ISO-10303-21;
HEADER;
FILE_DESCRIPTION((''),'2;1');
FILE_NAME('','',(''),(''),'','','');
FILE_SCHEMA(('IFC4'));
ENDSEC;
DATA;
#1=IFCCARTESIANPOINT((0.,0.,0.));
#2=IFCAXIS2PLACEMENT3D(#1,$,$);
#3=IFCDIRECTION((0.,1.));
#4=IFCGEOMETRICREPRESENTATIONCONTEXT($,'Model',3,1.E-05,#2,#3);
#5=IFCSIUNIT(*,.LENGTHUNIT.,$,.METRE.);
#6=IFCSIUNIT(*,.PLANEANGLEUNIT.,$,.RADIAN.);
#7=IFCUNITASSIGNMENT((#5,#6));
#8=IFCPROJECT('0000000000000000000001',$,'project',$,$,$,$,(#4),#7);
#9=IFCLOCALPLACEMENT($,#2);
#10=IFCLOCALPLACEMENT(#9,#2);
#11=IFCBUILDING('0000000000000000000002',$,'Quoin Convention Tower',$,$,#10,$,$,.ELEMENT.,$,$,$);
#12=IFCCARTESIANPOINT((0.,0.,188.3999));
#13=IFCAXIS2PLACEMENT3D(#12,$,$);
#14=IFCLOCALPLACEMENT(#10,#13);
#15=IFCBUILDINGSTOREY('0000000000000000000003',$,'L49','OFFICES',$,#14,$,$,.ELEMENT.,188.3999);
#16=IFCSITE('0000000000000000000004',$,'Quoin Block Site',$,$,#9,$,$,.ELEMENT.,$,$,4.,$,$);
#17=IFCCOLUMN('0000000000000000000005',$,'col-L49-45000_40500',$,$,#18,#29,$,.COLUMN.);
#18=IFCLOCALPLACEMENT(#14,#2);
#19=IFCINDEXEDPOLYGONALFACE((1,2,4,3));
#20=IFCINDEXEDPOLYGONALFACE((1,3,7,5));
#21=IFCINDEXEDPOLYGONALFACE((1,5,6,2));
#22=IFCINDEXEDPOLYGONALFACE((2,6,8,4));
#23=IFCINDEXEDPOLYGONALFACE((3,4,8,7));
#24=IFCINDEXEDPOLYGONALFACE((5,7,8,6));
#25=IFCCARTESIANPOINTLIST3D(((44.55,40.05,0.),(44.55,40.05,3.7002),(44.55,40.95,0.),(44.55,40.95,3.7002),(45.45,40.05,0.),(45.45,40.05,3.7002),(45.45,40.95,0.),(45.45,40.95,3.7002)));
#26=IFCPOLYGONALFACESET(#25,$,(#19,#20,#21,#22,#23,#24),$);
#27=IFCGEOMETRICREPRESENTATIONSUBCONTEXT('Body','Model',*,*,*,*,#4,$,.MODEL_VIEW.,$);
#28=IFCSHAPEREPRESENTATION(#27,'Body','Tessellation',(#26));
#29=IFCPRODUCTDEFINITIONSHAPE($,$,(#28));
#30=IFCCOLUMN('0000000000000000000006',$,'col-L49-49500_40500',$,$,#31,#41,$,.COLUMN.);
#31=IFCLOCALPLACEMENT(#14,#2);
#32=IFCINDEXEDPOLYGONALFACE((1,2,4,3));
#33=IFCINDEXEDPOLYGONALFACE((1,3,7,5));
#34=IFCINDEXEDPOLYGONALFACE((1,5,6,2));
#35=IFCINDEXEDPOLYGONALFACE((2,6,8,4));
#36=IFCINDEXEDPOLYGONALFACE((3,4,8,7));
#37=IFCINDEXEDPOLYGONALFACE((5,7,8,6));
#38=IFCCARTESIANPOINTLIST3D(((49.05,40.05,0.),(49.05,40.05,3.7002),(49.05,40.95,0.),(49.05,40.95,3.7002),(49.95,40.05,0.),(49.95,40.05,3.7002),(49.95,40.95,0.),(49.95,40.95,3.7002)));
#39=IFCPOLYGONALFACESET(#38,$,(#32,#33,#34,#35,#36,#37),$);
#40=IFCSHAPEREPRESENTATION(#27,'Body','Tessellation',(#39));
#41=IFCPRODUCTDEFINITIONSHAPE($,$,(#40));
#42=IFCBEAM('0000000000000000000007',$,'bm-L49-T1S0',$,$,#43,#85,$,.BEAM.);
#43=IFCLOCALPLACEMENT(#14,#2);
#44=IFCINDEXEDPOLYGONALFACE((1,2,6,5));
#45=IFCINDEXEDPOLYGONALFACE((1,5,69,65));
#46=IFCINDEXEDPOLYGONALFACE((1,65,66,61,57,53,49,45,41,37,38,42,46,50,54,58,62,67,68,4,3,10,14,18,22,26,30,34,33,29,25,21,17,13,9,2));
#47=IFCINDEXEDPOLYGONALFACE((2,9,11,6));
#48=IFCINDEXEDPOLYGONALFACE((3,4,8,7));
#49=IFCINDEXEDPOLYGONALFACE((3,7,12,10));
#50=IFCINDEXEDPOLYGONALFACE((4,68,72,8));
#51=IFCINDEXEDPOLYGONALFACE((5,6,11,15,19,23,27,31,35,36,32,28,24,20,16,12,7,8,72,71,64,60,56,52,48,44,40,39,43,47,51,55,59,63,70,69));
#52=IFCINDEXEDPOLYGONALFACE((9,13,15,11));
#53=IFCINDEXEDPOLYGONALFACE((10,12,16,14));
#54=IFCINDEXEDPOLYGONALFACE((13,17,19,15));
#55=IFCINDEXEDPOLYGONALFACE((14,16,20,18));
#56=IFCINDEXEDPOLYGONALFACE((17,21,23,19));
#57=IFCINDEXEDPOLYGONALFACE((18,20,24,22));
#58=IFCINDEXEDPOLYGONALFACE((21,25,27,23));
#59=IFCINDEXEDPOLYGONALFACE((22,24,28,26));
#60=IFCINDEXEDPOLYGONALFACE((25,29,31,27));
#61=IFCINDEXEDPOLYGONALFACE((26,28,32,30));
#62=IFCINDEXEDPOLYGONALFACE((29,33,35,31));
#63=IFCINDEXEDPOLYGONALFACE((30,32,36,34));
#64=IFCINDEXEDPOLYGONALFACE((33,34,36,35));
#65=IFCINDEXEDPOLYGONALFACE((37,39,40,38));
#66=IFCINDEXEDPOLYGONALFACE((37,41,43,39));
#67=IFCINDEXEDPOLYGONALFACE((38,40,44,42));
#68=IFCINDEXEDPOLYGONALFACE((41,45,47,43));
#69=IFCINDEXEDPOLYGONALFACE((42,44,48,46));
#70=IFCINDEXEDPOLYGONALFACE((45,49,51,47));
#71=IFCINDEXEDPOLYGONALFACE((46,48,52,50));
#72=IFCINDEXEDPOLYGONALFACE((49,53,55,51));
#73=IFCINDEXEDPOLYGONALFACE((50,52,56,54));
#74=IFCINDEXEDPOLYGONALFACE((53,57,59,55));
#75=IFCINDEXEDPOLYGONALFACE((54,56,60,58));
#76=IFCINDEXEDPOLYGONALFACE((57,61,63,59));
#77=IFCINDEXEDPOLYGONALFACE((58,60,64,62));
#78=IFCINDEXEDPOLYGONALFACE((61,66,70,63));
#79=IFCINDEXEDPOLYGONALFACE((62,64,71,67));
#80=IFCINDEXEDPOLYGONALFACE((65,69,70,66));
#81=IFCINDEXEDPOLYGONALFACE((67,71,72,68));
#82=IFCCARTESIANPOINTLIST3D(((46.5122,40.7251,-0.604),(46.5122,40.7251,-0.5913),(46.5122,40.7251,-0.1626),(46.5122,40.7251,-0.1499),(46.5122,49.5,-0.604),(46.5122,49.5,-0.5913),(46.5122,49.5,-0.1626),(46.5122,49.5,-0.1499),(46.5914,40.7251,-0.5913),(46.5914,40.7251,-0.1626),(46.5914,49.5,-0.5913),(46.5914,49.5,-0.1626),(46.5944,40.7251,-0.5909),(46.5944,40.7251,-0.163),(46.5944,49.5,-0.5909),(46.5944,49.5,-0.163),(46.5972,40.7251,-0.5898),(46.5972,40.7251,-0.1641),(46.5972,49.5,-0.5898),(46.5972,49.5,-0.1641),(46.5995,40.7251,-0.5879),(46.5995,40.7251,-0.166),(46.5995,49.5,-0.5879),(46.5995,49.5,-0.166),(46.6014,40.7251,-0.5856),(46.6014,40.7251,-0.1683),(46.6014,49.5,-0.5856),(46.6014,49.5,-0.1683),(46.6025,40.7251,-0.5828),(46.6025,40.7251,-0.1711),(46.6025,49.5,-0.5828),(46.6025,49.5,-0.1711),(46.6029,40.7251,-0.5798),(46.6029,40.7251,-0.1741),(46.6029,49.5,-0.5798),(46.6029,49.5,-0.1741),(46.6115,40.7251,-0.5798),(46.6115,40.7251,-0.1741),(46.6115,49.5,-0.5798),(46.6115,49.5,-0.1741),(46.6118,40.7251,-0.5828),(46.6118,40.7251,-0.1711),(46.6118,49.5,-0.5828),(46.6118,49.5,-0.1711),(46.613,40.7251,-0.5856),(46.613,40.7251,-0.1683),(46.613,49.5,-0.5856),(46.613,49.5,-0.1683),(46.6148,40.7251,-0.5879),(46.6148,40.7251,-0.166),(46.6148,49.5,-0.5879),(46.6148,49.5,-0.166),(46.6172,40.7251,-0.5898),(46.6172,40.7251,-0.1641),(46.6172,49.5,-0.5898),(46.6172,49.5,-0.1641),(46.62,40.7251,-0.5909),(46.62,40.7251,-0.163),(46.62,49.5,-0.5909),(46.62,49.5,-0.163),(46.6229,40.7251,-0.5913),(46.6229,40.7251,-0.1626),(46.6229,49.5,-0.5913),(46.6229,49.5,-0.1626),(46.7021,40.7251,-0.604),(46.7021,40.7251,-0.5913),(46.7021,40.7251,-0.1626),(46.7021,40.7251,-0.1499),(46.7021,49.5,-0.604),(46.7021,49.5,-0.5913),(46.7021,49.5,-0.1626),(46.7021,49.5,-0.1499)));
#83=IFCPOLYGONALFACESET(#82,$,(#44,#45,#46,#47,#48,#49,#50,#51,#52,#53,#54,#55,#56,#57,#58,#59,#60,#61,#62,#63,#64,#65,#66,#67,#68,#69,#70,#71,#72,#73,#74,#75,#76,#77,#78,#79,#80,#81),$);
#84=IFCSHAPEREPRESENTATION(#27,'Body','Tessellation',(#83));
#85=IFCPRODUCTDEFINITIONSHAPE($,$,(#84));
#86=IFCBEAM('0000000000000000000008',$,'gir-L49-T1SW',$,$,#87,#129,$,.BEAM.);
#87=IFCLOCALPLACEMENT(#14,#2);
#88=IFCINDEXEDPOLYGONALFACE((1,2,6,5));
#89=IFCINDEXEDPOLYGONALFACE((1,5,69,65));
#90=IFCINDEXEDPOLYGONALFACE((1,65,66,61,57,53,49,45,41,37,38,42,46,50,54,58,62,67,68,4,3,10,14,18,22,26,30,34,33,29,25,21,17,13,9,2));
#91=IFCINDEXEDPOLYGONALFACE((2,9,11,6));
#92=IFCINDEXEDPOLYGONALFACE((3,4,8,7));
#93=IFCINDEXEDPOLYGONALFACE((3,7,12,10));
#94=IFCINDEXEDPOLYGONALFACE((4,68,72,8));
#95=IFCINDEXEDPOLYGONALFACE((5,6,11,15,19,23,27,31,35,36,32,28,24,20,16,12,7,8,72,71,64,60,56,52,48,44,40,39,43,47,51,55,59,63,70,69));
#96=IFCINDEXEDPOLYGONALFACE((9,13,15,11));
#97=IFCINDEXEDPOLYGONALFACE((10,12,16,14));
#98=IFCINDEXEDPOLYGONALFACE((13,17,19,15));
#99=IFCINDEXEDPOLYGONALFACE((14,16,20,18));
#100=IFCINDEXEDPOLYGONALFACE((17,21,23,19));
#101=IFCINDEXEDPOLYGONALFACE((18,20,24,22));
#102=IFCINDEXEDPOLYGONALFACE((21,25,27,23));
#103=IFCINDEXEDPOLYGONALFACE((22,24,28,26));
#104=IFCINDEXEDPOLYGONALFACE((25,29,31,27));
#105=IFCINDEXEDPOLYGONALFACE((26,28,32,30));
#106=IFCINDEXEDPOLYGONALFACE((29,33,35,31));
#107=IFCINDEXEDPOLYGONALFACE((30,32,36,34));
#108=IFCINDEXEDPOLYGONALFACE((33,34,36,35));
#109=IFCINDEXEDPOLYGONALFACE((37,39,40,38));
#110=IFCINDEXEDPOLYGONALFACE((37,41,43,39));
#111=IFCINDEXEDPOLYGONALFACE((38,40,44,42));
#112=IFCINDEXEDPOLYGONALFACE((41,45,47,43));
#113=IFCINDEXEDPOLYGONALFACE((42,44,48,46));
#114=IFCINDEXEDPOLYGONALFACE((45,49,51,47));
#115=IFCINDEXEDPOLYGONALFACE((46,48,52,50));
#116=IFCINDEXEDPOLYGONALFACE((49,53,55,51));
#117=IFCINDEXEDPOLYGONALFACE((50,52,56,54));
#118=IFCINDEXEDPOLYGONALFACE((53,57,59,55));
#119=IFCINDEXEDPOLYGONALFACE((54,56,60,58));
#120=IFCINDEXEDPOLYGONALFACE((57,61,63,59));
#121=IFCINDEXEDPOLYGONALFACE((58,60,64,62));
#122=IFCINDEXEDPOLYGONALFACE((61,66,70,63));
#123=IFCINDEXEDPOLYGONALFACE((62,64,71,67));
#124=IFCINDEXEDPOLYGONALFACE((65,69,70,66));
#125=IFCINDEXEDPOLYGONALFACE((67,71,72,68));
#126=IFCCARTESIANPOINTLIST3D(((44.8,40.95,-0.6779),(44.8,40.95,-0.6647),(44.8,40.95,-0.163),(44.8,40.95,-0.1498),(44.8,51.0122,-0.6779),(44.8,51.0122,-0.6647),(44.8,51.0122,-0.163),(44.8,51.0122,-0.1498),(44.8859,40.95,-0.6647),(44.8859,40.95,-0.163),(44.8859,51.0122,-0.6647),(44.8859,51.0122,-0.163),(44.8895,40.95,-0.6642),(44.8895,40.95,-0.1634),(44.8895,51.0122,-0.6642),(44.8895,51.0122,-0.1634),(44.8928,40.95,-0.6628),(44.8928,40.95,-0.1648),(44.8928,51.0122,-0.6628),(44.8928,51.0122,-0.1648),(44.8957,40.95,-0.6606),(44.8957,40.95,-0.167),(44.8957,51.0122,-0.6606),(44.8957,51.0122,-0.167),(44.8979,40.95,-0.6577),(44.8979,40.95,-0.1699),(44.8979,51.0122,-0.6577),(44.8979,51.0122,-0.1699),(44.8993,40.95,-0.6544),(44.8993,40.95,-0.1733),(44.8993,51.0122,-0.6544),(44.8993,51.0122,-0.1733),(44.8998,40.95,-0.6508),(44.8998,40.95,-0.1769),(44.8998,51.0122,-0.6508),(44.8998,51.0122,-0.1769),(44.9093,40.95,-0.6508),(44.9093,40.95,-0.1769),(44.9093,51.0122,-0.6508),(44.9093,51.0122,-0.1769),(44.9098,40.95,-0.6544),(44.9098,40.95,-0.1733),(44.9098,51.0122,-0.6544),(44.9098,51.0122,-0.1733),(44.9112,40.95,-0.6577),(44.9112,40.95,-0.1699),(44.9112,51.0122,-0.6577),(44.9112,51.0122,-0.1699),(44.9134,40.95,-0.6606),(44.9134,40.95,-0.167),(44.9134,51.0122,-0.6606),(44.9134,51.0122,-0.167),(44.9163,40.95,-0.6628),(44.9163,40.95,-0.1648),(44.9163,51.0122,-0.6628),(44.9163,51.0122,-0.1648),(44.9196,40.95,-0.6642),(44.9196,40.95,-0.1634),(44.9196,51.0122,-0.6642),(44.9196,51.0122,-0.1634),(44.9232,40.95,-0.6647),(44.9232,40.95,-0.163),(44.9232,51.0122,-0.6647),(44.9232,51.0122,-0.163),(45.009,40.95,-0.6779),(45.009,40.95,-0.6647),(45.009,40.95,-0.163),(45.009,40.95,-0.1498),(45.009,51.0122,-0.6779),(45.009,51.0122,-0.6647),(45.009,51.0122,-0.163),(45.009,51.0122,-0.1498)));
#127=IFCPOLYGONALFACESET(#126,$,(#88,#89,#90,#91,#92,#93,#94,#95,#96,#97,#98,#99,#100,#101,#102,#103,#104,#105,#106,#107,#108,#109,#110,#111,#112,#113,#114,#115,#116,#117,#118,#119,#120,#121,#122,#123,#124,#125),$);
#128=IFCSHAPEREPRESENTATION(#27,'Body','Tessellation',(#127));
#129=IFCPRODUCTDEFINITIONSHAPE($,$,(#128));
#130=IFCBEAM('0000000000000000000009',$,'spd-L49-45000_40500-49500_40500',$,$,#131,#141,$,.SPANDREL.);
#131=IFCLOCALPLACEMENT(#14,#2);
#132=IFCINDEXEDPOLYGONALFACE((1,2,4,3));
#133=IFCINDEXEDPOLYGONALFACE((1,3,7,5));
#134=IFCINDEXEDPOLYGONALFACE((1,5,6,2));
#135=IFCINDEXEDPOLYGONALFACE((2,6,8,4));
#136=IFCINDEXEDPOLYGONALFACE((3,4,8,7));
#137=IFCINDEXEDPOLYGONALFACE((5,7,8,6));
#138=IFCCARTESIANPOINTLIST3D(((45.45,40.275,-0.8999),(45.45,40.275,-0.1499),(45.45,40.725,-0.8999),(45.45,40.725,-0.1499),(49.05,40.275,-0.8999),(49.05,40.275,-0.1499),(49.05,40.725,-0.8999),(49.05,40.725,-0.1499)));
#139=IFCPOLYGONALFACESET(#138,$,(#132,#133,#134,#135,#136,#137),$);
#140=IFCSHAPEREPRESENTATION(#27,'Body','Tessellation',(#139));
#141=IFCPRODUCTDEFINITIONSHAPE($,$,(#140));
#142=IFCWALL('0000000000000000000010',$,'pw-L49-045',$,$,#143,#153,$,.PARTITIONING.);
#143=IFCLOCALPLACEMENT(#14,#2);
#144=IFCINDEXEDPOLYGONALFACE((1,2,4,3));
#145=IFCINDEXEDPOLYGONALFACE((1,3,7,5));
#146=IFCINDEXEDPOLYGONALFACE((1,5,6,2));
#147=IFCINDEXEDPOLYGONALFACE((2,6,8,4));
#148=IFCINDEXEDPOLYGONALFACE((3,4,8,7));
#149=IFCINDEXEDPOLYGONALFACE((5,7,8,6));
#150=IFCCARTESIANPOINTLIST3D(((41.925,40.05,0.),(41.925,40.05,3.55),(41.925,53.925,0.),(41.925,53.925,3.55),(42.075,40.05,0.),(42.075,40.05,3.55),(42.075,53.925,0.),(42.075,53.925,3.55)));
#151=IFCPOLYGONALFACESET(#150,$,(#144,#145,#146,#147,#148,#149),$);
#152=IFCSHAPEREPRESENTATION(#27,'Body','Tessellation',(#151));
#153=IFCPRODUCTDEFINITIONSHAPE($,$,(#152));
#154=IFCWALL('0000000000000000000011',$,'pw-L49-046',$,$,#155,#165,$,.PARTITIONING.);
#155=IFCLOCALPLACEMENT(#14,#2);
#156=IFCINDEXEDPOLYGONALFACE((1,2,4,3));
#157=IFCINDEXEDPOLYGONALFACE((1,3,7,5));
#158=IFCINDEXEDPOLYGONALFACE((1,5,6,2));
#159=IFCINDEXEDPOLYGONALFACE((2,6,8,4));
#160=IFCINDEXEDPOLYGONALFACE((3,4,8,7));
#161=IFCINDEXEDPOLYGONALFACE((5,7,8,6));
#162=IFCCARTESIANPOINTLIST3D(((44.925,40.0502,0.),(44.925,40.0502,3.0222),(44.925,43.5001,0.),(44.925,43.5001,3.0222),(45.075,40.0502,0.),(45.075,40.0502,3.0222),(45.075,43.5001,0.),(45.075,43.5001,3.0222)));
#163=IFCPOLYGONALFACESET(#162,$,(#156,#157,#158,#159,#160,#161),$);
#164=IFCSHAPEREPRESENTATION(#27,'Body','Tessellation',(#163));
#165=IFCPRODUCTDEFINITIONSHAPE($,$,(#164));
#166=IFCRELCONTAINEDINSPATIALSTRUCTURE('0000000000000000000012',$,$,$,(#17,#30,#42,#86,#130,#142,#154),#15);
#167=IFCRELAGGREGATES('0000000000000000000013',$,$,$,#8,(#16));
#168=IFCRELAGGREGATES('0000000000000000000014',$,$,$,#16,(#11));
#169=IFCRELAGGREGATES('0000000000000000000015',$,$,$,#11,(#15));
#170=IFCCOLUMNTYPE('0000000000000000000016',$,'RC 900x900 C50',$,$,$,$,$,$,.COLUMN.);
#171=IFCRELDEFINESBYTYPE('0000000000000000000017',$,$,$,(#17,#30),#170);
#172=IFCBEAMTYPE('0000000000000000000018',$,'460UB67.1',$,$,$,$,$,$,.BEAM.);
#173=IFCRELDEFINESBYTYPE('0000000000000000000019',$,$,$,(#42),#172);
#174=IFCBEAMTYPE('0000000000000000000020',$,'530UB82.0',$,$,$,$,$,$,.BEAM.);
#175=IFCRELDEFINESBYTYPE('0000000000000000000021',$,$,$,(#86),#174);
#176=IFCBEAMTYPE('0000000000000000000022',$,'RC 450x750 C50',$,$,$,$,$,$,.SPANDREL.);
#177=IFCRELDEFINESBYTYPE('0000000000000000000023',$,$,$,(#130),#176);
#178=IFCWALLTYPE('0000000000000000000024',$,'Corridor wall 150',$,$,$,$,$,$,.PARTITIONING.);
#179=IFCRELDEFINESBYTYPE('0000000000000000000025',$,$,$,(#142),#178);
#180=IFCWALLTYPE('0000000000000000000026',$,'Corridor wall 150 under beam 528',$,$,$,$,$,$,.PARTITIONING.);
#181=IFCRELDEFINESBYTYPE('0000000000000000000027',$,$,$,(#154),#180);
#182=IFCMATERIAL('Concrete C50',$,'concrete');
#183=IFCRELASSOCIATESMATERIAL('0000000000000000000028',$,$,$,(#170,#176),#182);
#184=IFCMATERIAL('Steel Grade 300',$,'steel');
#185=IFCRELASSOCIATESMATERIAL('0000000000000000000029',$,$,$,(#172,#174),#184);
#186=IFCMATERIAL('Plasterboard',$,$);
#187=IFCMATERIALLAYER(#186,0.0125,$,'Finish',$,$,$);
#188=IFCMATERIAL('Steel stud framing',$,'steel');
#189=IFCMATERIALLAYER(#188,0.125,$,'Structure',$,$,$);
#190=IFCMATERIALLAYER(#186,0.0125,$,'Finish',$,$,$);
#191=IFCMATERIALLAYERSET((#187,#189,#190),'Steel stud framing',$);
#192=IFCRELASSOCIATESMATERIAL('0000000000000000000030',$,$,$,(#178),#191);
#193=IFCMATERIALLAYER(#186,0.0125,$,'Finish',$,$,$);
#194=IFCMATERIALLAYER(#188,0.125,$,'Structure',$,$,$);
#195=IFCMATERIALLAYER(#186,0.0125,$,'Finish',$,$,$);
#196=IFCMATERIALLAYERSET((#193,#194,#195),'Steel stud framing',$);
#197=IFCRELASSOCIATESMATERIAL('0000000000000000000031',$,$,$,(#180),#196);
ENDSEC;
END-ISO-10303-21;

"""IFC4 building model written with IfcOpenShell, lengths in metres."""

from ifc_helpers import new_model, si_unit, direction, frame, frame_2d, origin, origin_2d, place, context, subcontext, project, spatial, rectangle, i_section, extrude, material, layer, layer_set, material_profile, profile_set, type_object, element, save


model = new_model("IFC4")

# Units and contexts
model_context = context("Model", 3, precision=1e-05, world=origin(), true_north=direction((0.0, 1.0)))
body_context = subcontext(model_context, "Body", "Model", "MODEL_VIEW")
ifc_project = project(units=[si_unit("LENGTHUNIT", "METRE"), si_unit("PLANEANGLEUNIT", "RADIAN")], contexts=[model_context])

# Site, building, storey
site_placement = place(None, origin())
site = spatial("IfcSite", under=ifc_project, at=site_placement, Name="Quoin Block Site", CompositionType="ELEMENT", RefElevation=4.0)
building_placement = place(site_placement, origin())
building = spatial("IfcBuilding", under=site, at=building_placement, Name="Quoin Convention Tower", CompositionType="ELEMENT")
storey_placement = place(building_placement, frame((0.0, 0.0, 188.3999)))
storey = spatial("IfcBuildingStorey", under=building, at=storey_placement, Name="L49", Description="OFFICES", CompositionType="ELEMENT", Elevation=188.3999)

# Columns
ifc_material_1 = material(Name="Concrete C50", Category="concrete")
ifc_material_profile_1 = material_profile(ifc_material_1, rectangle(XDim=0.8999, YDim=0.8999, at=origin_2d()), Name="RC 900x900")
ifc_profile_set_1 = profile_set([ifc_material_profile_1], Name="Concrete C50")
column_type = type_object("IfcColumnType", Name="RC 900x900 C50", PredefinedType="COLUMN", material=ifc_profile_set_1)
for number, where, z_axis, x_axis, name in (
    (1, (45.0, 40.5, 0.0), (0.0, 0.0, 1.0), (1.0, 0.0, 0.0), "col-L49-45000_40500"),
    (2, (49.5, 40.5, 0.0), (0.0, 0.0, 1.0), (1.0, 0.0, 0.0), "col-L49-49500_40500"),
):
    element("IfcColumn", number, at=place(storey_placement, frame(where, z_axis=z_axis, x_axis=x_axis)), inside=storey, type_object=column_type, Name=name, PredefinedType="COLUMN", context=body_context, shape_type="SweptSolid", body=[
        extrude(rectangle(XDim=0.8999, YDim=0.8999, at=origin_2d()), origin(), (0.0, 0.0, 1.0), 3.7002),
    ])

# Beams
ifc_material_2 = material(Name="Steel Grade 300", Category="steel")
ifc_material_profile_2 = material_profile(ifc_material_2, i_section(OverallWidth=0.1899, OverallDepth=0.4541, WebThickness=0.0085, FlangeThickness=0.0127, FilletRadius=0.0115, at=origin_2d()), Name="460UB67.1")
ifc_profile_set_2 = profile_set([ifc_material_profile_2], Name="Steel Grade 300")
beam_type_1 = type_object("IfcBeamType", Name="460UB67.1", PredefinedType="BEAM", material=ifc_profile_set_2)
beam_1_placement = place(storey_placement, frame((46.6072, 40.7251, -0.377), z_axis=(0.0, 1.0, 0.0), x_axis=(-1.0, 0.0, 0.0)))
element("IfcBeam", 3, at=beam_1_placement, inside=storey, type_object=beam_type_1, Name="bm-L49-T1S0", PredefinedType="BEAM", context=body_context, shape_type="SweptSolid", body=[
    extrude(i_section(OverallWidth=0.1899, OverallDepth=0.4541, WebThickness=0.0085, FlangeThickness=0.0127, FilletRadius=0.0115, at=origin_2d()), origin(), (0.0, 0.0, 1.0), 8.7749),
])
ifc_material_profile_3 = material_profile(ifc_material_2, i_section(OverallWidth=0.209, OverallDepth=0.5281, WebThickness=0.0095, FlangeThickness=0.0132, FilletRadius=0.0139, at=origin_2d()), Name="530UB82.0")
ifc_profile_set_3 = profile_set([ifc_material_profile_3], Name="Steel Grade 300")
beam_type_2 = type_object("IfcBeamType", Name="530UB82.0", PredefinedType="BEAM", material=ifc_profile_set_3)
beam_2_placement = place(storey_placement, frame((44.9045, 40.95, -0.4138), z_axis=(0.0, 1.0, 0.0), x_axis=(-1.0, 0.0, 0.0)))
element("IfcBeam", 4, at=beam_2_placement, inside=storey, type_object=beam_type_2, Name="gir-L49-T1SW", PredefinedType="BEAM", context=body_context, shape_type="SweptSolid", body=[
    extrude(i_section(OverallWidth=0.209, OverallDepth=0.5281, WebThickness=0.0095, FlangeThickness=0.0132, FilletRadius=0.0139, at=origin_2d()), origin(), (0.0, 0.0, 1.0), 10.0623),
])
ifc_material_profile_4 = material_profile(ifc_material_1, rectangle(XDim=0.45, YDim=0.75, at=origin_2d()), Name="RC 450x750")
ifc_profile_set_4 = profile_set([ifc_material_profile_4], Name="Concrete C50")
beam_type_3 = type_object("IfcBeamType", Name="RC 450x750 C50", PredefinedType="SPANDREL", material=ifc_profile_set_4)
beam_3_placement = place(storey_placement, frame((45.45, 40.5, -0.5249), z_axis=(1.0, 0.0, 0.0), x_axis=(0.0, 1.0, 0.0)))
element("IfcBeam", 5, at=beam_3_placement, inside=storey, type_object=beam_type_3, Name="spd-L49-45000_40500-49500_40500", PredefinedType="SPANDREL", context=body_context, shape_type="SweptSolid", body=[
    extrude(rectangle(XDim=0.45, YDim=0.75, at=origin_2d()), origin(), (0.0, 0.0, 1.0), 3.6001),
])

# Walls
ifc_material_3 = material(Name="Plasterboard")
ifc_layer_1 = layer(ifc_material_3, 0.0125, Name="Finish")
ifc_material_4 = material(Name="Steel stud framing", Category="steel")
ifc_layer_2 = layer(ifc_material_4, 0.125, Name="Structure")
ifc_layer_3 = layer(ifc_material_3, 0.0125, Name="Finish")
ifc_layer_set_1 = layer_set([ifc_layer_1, ifc_layer_2, ifc_layer_3], Name="Steel stud framing")
wall_type_1 = type_object("IfcWallType", Name="Corridor wall 150", PredefinedType="PARTITIONING", material=ifc_layer_set_1)
wall_1_placement = place(storey_placement, frame((42.0, 40.05, 0.0), z_axis=(0.0, 0.0, 1.0), x_axis=(0.0, 1.0, 0.0)))
element("IfcWall", 6, at=wall_1_placement, inside=storey, type_object=wall_type_1, Name="pw-L49-045", PredefinedType="PARTITIONING", context=body_context, shape_type="SweptSolid", body=[
    extrude(rectangle(XDim=13.875, YDim=0.1499, at=frame_2d((6.9375, 0.0))), origin(), (0.0, 0.0, 1.0), 3.55),
])
ifc_layer_4 = layer(ifc_material_3, 0.0125, Name="Finish")
ifc_layer_5 = layer(ifc_material_4, 0.125, Name="Structure")
ifc_layer_6 = layer(ifc_material_3, 0.0125, Name="Finish")
ifc_layer_set_2 = layer_set([ifc_layer_4, ifc_layer_5, ifc_layer_6], Name="Steel stud framing")
wall_type_2 = type_object("IfcWallType", Name="Corridor wall 150 under beam 528", PredefinedType="PARTITIONING", material=ifc_layer_set_2)
wall_2_placement = place(storey_placement, frame((45.0, 40.05, 0.0), z_axis=(0.0, 0.0, 1.0), x_axis=(0.0, 1.0, 0.0)))
element("IfcWall", 7, at=wall_2_placement, inside=storey, type_object=wall_type_2, Name="pw-L49-046", PredefinedType="PARTITIONING", context=body_context, shape_type="SweptSolid", body=[
    extrude(rectangle(XDim=3.45, YDim=0.1499, at=frame_2d((1.7251, 0.0))), origin(), (0.0, 0.0, 1.0), 3.0222),
])

save(model, "model.ifc")
